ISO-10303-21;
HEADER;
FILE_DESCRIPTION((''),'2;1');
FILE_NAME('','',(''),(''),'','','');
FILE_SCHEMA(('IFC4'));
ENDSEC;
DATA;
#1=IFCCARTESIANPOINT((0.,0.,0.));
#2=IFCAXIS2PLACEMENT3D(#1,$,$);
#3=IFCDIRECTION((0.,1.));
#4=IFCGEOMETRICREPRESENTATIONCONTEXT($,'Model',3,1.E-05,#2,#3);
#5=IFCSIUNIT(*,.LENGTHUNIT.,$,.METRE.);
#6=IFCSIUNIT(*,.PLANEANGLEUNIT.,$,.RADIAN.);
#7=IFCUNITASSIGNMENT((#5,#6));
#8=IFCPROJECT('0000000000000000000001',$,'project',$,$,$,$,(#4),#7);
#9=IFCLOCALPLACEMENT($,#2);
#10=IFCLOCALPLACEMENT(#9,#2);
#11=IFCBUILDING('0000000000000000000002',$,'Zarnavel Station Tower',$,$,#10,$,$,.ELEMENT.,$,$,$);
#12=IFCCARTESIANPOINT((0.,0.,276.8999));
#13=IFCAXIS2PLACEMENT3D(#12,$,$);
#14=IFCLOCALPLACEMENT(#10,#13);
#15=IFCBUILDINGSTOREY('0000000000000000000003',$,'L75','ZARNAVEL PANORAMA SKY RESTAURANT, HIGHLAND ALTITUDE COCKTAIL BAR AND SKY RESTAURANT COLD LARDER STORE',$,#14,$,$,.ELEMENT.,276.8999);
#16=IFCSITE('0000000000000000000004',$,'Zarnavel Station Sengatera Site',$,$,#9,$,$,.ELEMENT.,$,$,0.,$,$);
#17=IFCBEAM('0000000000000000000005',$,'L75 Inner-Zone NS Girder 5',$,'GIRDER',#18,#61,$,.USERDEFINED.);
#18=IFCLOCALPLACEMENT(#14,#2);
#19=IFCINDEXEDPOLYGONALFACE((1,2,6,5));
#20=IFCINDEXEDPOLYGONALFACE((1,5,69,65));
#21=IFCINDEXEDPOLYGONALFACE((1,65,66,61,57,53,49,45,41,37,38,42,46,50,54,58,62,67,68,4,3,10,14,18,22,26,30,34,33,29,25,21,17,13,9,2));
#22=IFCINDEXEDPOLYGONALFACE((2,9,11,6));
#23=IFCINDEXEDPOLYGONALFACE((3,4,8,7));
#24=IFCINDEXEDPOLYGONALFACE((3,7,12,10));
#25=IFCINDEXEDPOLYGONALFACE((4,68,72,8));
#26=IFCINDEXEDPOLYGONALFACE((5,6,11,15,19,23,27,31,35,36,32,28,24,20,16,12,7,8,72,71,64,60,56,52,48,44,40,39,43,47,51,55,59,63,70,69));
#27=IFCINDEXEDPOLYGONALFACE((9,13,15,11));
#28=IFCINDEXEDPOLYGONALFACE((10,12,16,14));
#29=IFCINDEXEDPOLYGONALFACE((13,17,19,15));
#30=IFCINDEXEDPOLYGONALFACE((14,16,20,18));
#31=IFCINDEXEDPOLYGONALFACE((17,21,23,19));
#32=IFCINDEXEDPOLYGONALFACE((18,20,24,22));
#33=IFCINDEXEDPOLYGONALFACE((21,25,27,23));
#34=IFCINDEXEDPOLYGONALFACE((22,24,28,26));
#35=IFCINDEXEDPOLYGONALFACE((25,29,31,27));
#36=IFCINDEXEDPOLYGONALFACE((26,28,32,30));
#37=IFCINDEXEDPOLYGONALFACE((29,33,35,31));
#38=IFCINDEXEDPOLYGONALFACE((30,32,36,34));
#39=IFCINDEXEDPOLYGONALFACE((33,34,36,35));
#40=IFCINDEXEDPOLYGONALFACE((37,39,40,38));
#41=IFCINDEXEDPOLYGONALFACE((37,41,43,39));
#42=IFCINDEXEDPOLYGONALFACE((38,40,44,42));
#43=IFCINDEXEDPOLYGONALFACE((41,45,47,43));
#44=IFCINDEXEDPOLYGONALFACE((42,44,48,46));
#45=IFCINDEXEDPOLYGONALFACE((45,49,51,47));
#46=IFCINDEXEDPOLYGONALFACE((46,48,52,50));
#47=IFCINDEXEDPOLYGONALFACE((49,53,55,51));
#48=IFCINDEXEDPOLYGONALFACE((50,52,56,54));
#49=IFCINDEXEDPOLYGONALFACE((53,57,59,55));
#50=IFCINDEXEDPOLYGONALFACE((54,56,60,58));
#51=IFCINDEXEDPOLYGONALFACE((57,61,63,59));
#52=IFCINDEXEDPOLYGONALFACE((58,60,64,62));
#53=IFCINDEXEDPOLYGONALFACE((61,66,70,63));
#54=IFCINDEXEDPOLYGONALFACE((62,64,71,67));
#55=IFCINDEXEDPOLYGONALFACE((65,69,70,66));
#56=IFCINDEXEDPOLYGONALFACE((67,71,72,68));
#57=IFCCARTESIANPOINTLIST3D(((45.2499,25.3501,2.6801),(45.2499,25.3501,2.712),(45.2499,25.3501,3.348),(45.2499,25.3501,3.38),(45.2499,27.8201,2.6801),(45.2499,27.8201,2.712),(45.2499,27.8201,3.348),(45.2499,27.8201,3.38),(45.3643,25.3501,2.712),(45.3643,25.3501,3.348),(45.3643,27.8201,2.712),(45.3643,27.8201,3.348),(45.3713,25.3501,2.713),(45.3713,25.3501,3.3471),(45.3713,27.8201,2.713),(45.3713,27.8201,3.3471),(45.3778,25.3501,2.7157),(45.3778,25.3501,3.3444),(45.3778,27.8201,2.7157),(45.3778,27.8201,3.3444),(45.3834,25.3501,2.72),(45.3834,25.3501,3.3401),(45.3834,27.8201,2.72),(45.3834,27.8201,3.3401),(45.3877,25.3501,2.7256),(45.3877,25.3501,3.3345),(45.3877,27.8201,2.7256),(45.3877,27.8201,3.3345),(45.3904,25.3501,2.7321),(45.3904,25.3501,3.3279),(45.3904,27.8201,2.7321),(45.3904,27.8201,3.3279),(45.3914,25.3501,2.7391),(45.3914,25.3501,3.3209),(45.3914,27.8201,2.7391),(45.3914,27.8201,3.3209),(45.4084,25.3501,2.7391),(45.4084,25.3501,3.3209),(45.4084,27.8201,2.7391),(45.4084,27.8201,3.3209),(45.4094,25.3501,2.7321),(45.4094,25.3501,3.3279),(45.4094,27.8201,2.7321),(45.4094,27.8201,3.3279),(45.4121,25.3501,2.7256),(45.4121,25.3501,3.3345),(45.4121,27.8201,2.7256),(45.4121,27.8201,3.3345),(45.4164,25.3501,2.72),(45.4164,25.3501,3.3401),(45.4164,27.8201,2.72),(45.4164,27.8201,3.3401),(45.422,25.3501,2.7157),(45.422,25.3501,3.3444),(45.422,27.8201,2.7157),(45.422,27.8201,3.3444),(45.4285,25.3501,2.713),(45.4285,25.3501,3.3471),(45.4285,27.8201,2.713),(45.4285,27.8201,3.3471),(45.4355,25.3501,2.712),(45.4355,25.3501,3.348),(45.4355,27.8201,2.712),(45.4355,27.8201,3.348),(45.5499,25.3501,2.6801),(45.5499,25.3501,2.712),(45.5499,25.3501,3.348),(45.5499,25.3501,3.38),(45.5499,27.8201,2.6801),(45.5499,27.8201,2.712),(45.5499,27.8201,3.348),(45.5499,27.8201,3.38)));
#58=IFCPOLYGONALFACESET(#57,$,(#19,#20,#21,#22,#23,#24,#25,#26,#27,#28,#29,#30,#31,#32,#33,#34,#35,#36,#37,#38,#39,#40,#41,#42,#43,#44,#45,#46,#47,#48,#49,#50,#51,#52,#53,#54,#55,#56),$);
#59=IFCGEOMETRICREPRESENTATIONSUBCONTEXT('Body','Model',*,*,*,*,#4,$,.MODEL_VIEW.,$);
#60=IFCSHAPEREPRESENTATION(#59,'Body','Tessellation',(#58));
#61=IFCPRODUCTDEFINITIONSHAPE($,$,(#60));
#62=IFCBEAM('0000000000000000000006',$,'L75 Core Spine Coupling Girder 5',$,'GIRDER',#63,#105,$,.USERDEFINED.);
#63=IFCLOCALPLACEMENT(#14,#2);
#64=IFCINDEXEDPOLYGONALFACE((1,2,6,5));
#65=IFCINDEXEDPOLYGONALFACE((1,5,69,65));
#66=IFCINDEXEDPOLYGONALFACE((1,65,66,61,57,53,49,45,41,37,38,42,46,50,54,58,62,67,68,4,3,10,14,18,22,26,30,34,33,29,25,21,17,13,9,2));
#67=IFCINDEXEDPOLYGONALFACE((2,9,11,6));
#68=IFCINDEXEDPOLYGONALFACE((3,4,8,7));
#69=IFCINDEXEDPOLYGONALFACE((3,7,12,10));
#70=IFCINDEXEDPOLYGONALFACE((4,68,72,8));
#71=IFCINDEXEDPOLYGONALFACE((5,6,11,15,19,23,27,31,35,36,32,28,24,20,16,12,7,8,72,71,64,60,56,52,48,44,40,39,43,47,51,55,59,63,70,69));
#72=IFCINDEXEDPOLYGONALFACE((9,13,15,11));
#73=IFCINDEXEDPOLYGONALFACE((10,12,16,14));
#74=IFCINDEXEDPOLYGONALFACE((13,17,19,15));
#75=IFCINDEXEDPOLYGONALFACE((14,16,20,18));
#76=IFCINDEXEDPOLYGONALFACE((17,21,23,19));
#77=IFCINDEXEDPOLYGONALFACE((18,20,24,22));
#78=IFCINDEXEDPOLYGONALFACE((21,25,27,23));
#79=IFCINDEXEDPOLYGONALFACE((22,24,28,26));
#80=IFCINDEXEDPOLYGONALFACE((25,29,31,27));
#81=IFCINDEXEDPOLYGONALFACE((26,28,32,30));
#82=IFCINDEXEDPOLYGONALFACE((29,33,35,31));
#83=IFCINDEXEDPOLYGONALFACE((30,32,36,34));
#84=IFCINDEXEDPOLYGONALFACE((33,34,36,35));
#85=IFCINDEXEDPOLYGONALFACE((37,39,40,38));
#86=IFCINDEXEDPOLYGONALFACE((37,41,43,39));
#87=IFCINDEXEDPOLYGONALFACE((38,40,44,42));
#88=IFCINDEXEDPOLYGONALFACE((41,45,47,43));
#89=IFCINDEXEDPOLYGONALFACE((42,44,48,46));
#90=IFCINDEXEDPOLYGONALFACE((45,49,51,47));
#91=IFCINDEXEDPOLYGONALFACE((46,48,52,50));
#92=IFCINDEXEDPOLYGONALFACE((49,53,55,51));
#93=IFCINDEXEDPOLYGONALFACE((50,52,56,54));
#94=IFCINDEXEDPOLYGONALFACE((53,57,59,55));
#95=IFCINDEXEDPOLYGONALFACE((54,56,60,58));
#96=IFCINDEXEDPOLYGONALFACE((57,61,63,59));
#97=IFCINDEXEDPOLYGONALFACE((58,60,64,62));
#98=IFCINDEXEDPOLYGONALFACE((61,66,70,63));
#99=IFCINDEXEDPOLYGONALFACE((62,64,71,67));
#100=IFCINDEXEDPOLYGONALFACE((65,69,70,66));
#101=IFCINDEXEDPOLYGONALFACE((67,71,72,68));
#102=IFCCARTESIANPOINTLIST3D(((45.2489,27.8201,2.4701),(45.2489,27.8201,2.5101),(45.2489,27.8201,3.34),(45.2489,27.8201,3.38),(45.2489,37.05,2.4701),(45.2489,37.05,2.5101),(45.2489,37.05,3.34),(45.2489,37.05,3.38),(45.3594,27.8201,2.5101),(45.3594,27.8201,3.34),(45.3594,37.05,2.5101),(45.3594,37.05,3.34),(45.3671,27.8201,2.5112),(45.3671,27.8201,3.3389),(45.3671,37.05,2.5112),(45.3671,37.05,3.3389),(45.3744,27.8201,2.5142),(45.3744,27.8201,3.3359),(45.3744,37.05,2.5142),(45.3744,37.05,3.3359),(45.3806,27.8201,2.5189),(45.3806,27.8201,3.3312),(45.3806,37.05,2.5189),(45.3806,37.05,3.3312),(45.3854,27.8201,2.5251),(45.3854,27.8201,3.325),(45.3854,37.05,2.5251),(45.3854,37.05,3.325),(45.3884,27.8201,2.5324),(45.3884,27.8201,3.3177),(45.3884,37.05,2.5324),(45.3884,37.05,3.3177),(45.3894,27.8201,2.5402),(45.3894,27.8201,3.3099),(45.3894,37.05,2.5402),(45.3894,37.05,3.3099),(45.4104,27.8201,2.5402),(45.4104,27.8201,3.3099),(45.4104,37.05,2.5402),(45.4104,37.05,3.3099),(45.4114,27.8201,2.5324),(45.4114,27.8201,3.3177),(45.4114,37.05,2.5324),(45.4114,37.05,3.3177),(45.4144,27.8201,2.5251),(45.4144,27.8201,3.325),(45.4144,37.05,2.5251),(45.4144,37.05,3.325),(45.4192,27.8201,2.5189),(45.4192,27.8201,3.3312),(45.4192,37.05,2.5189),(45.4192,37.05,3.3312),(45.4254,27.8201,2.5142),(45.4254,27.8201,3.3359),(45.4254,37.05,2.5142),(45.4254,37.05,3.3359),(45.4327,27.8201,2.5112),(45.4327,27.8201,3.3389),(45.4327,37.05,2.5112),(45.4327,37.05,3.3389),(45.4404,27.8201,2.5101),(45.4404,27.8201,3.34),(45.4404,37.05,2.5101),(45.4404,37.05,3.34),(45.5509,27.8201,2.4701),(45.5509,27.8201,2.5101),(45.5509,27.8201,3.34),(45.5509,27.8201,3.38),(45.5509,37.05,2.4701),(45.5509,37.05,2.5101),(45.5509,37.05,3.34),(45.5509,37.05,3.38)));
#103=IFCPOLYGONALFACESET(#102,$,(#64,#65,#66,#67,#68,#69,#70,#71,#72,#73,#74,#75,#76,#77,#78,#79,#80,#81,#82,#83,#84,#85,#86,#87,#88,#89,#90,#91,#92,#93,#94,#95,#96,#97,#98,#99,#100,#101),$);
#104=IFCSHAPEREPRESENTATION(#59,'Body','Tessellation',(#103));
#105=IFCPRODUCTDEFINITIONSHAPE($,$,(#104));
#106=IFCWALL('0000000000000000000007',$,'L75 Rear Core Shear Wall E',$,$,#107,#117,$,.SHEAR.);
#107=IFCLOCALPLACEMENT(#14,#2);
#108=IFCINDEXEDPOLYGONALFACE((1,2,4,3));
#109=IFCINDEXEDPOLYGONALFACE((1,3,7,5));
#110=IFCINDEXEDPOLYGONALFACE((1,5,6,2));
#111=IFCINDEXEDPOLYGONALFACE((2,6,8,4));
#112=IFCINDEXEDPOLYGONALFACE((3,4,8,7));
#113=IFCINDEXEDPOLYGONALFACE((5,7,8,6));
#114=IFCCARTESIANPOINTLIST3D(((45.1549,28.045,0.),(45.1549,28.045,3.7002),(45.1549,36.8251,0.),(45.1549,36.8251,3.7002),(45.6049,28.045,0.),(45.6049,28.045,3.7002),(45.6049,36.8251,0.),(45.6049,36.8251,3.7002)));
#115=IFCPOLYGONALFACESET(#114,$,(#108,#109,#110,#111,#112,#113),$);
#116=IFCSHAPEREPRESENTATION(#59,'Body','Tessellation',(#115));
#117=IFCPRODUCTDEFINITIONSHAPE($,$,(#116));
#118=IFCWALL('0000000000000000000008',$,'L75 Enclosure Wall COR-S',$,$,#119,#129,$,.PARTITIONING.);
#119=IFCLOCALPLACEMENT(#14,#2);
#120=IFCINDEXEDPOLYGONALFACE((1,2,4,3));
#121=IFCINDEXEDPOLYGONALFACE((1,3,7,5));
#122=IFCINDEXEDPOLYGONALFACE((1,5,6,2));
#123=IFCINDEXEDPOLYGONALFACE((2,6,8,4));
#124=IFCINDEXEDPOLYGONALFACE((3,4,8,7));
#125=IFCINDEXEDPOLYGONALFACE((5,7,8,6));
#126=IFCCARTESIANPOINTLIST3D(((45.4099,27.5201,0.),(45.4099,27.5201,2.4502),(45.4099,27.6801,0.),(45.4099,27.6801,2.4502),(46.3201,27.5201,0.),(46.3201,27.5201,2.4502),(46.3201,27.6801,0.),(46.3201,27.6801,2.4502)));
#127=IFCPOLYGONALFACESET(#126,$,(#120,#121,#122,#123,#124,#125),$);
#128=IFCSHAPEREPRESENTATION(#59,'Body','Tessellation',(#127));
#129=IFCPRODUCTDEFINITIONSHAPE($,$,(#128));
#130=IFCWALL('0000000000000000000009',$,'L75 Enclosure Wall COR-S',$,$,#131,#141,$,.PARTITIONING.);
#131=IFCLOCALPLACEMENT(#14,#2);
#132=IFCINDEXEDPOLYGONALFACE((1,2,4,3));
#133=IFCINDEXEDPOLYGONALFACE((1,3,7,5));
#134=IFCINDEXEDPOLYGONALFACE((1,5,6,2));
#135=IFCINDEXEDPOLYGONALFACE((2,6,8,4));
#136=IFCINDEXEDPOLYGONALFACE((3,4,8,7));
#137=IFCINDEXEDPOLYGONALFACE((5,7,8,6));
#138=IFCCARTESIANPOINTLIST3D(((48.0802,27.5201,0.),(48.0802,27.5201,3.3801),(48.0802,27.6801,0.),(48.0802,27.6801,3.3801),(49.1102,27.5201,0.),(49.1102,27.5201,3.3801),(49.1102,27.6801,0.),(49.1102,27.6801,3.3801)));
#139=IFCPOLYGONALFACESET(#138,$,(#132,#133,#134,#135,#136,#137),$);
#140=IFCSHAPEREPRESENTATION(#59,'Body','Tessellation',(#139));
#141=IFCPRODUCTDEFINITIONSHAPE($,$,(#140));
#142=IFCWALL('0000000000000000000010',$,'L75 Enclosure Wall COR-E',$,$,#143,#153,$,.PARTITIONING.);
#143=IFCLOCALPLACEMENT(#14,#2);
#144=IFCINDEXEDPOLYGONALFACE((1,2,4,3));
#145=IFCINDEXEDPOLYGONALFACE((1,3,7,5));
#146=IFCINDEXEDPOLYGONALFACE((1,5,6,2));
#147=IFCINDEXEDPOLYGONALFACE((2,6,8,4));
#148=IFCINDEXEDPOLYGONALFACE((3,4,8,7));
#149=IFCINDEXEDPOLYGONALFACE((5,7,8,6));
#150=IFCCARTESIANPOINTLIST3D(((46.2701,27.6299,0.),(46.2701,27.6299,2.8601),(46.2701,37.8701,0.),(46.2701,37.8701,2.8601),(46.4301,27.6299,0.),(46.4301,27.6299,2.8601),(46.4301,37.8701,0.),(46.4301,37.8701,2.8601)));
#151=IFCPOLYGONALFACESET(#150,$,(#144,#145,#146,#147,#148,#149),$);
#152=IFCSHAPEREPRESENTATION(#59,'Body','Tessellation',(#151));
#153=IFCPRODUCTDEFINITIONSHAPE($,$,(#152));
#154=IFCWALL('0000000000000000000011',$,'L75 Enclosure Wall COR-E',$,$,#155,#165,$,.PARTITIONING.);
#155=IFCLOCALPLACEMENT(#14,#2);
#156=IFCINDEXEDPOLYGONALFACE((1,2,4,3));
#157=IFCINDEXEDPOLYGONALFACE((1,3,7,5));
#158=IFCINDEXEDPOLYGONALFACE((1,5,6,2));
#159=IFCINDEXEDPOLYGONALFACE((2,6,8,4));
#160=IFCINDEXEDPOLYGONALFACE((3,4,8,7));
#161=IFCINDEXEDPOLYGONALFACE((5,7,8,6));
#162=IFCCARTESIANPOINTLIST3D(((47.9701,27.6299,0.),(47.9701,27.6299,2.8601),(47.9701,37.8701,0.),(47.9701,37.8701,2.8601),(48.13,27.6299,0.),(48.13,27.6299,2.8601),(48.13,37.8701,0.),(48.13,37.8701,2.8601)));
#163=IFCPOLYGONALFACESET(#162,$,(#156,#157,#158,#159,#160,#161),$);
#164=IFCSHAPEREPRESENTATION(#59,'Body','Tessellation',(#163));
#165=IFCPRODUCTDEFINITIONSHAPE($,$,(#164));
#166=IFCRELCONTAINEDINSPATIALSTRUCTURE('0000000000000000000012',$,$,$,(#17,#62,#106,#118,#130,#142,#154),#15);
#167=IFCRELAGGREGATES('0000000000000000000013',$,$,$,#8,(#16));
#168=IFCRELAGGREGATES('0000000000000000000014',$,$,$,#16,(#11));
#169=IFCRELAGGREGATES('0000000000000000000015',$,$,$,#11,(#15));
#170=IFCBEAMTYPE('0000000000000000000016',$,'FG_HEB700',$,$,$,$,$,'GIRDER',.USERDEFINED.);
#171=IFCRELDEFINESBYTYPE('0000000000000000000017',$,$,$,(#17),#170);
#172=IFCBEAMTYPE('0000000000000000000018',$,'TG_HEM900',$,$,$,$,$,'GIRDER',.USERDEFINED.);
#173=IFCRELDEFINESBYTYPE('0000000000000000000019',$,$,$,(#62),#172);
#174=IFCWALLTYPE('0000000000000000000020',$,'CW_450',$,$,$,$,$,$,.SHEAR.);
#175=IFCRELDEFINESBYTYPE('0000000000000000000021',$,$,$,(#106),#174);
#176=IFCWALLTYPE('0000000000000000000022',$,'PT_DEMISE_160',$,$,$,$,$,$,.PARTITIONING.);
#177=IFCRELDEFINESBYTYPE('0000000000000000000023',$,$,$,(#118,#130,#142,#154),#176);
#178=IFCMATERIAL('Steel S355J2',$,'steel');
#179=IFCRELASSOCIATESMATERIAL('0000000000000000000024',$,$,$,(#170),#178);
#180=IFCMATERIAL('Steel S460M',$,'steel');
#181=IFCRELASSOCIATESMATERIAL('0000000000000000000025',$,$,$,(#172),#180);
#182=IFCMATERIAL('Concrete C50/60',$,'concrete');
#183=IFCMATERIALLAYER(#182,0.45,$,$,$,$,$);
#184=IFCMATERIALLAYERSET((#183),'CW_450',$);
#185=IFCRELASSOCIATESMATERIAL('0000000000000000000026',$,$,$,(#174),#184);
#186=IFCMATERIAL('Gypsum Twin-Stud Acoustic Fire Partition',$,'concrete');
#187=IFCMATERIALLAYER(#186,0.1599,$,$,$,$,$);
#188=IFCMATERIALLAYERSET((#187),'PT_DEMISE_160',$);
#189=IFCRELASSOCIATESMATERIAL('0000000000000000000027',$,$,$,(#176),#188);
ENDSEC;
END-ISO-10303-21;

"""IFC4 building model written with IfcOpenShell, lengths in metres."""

from ifc_helpers import new_model, si_unit, direction, frame, frame_2d, origin, origin_2d, place, context, subcontext, project, spatial, rectangle, i_section, extrude, material, layer, layer_set, material_profile, profile_set, type_object, element, save


model = new_model("IFC4")

# Units and contexts
model_context = context("Model", 3, precision=1e-05, world=origin(), true_north=direction((0.0, 1.0)))
body_context = subcontext(model_context, "Body", "Model", "MODEL_VIEW")
ifc_project = project(units=[si_unit("LENGTHUNIT", "METRE"), si_unit("PLANEANGLEUNIT", "RADIAN")], contexts=[model_context])

# Site, building, storey
site_placement = place(None, origin())
site = spatial("IfcSite", under=ifc_project, at=site_placement, Name="Zarnavel Station Sengatera Site", CompositionType="ELEMENT", RefElevation=0.0)
building_placement = place(site_placement, origin())
building = spatial("IfcBuilding", under=site, at=building_placement, Name="Zarnavel Station Tower", CompositionType="ELEMENT")
storey_placement = place(building_placement, frame((0.0, 0.0, 276.8999)))
storey = spatial("IfcBuildingStorey", under=building, at=storey_placement, Name="L75", Description="ZARNAVEL PANORAMA SKY RESTAURANT, HIGHLAND ALTITUDE COCKTAIL BAR AND SKY RESTAURANT COLD LARDER STORE", CompositionType="ELEMENT", Elevation=276.8999)

# Beams
ifc_material_1 = material(Name="Steel S355J2", Category="steel")
ifc_material_profile_1 = material_profile(ifc_material_1, i_section(OverallWidth=0.3, OverallDepth=0.7, WebThickness=0.0171, FlangeThickness=0.032, FilletRadius=0.0271, at=origin_2d()), Name="HEB700")
ifc_profile_set_1 = profile_set([ifc_material_profile_1], Name="Steel S355J2")
beam_type_1 = type_object("IfcBeamType", Name="FG_HEB700", ElementType="GIRDER", PredefinedType="USERDEFINED", material=ifc_profile_set_1)
beam_1_placement = place(storey_placement, frame((45.3999, 25.3501, 3.03), z_axis=(0.0, 1.0, 0.0), x_axis=(-1.0, 0.0, 0.0)))
element("IfcBeam", 1, at=beam_1_placement, inside=storey, type_object=beam_type_1, Name="L75 Inner-Zone NS Girder 5", ObjectType="GIRDER", PredefinedType="USERDEFINED", context=body_context, shape_type="SweptSolid", body=[
    extrude(i_section(OverallWidth=0.3, OverallDepth=0.7, WebThickness=0.0171, FlangeThickness=0.032, FilletRadius=0.0271, at=origin_2d()), origin(), (0.0, 0.0, 1.0), 2.47),
])
ifc_material_2 = material(Name="Steel S460M", Category="steel")
ifc_material_profile_2 = material_profile(ifc_material_2, i_section(OverallWidth=0.302, OverallDepth=0.9099, WebThickness=0.021, FlangeThickness=0.04, FilletRadius=0.03, at=origin_2d()), Name="HEM900")
ifc_profile_set_2 = profile_set([ifc_material_profile_2], Name="Steel S460M")
beam_type_2 = type_object("IfcBeamType", Name="TG_HEM900", ElementType="GIRDER", PredefinedType="USERDEFINED", material=ifc_profile_set_2)
beam_2_placement = place(storey_placement, frame((45.3999, 27.8201, 2.925), z_axis=(0.0, 1.0, 0.0), x_axis=(-1.0, 0.0, 0.0)))
element("IfcBeam", 2, at=beam_2_placement, inside=storey, type_object=beam_type_2, Name="L75 Core Spine Coupling Girder 5", ObjectType="GIRDER", PredefinedType="USERDEFINED", context=body_context, shape_type="SweptSolid", body=[
    extrude(i_section(OverallWidth=0.302, OverallDepth=0.9099, WebThickness=0.021, FlangeThickness=0.04, FilletRadius=0.03, at=origin_2d()), origin(), (0.0, 0.0, 1.0), 9.23),
])

# Shared definitions
ifc_material_3 = material(Name="Concrete C50/60", Category="concrete")
ifc_layer_1 = layer(ifc_material_3, 0.45)
ifc_layer_set_1 = layer_set([ifc_layer_1], Name="CW_450")
wall_type_1 = type_object("IfcWallType", Name="CW_450", PredefinedType="SHEAR", material=ifc_layer_set_1)

# Wall
wall_1_placement = place(storey_placement, frame((45.3799, 28.0449, 0.0), z_axis=(0.0, 0.0, 1.0), x_axis=(0.0, 1.0, 0.0)))
element("IfcWall", 3, at=wall_1_placement, inside=storey, type_object=wall_type_1, Name="L75 Rear Core Shear Wall E", PredefinedType="SHEAR", context=body_context, shape_type="SweptSolid", body=[
    extrude(rectangle(XDim=8.78, YDim=0.45, at=frame_2d((4.3901, 0.0))), origin(), (0.0, 0.0, 1.0), 3.7002),
])

# Shared definitions
ifc_material_4 = material(Name="Gypsum Twin-Stud Acoustic Fire Partition", Category="concrete")
ifc_layer_2 = layer(ifc_material_4, 0.1599)
ifc_layer_set_2 = layer_set([ifc_layer_2], Name="PT_DEMISE_160")
wall_type_2 = type_object("IfcWallType", Name="PT_DEMISE_160", PredefinedType="PARTITIONING", material=ifc_layer_set_2)

# Walls
wall_2_placement = place(storey_placement, frame((45.4099, 27.6001, 0.0), z_axis=(0.0, 0.0, 1.0), x_axis=(1.0, 0.0, 0.0)))
element("IfcWall", 4, at=wall_2_placement, inside=storey, type_object=wall_type_2, Name="L75 Enclosure Wall COR-S", PredefinedType="PARTITIONING", context=body_context, shape_type="SweptSolid", body=[
    extrude(rectangle(XDim=0.9102, YDim=0.1599, at=frame_2d((0.4551, 0.0))), origin(), (0.0, 0.0, 1.0), 2.4502),
])
wall_3_placement = place(storey_placement, frame((48.0801, 27.6001, 0.0), z_axis=(0.0, 0.0, 1.0), x_axis=(1.0, 0.0, 0.0)))
element("IfcWall", 5, at=wall_3_placement, inside=storey, type_object=wall_type_2, Name="L75 Enclosure Wall COR-S", PredefinedType="PARTITIONING", context=body_context, shape_type="SweptSolid", body=[
    extrude(rectangle(XDim=1.03, YDim=0.1599, at=frame_2d((0.5151, 0.0))), origin(), (0.0, 0.0, 1.0), 3.3801),
])
for number, where, z_axis, x_axis, name in (
    (6, (46.3501, 27.6299, 0.0), (0.0, 0.0, 1.0), (0.0, 1.0, 0.0), "L75 Enclosure Wall COR-E"),
    (7, (48.05, 27.6299, 0.0), (0.0, 0.0, 1.0), (0.0, 1.0, 0.0), "L75 Enclosure Wall COR-E"),
):
    element("IfcWall", number, at=place(storey_placement, frame(where, z_axis=z_axis, x_axis=x_axis)), inside=storey, type_object=wall_type_2, Name=name, PredefinedType="PARTITIONING", context=body_context, shape_type="SweptSolid", body=[
        extrude(rectangle(XDim=10.2402, YDim=0.1599, at=frame_2d((5.1201, 0.0))), origin(), (0.0, 0.0, 1.0), 2.8601),
    ])

save(model, "model.ifc")
